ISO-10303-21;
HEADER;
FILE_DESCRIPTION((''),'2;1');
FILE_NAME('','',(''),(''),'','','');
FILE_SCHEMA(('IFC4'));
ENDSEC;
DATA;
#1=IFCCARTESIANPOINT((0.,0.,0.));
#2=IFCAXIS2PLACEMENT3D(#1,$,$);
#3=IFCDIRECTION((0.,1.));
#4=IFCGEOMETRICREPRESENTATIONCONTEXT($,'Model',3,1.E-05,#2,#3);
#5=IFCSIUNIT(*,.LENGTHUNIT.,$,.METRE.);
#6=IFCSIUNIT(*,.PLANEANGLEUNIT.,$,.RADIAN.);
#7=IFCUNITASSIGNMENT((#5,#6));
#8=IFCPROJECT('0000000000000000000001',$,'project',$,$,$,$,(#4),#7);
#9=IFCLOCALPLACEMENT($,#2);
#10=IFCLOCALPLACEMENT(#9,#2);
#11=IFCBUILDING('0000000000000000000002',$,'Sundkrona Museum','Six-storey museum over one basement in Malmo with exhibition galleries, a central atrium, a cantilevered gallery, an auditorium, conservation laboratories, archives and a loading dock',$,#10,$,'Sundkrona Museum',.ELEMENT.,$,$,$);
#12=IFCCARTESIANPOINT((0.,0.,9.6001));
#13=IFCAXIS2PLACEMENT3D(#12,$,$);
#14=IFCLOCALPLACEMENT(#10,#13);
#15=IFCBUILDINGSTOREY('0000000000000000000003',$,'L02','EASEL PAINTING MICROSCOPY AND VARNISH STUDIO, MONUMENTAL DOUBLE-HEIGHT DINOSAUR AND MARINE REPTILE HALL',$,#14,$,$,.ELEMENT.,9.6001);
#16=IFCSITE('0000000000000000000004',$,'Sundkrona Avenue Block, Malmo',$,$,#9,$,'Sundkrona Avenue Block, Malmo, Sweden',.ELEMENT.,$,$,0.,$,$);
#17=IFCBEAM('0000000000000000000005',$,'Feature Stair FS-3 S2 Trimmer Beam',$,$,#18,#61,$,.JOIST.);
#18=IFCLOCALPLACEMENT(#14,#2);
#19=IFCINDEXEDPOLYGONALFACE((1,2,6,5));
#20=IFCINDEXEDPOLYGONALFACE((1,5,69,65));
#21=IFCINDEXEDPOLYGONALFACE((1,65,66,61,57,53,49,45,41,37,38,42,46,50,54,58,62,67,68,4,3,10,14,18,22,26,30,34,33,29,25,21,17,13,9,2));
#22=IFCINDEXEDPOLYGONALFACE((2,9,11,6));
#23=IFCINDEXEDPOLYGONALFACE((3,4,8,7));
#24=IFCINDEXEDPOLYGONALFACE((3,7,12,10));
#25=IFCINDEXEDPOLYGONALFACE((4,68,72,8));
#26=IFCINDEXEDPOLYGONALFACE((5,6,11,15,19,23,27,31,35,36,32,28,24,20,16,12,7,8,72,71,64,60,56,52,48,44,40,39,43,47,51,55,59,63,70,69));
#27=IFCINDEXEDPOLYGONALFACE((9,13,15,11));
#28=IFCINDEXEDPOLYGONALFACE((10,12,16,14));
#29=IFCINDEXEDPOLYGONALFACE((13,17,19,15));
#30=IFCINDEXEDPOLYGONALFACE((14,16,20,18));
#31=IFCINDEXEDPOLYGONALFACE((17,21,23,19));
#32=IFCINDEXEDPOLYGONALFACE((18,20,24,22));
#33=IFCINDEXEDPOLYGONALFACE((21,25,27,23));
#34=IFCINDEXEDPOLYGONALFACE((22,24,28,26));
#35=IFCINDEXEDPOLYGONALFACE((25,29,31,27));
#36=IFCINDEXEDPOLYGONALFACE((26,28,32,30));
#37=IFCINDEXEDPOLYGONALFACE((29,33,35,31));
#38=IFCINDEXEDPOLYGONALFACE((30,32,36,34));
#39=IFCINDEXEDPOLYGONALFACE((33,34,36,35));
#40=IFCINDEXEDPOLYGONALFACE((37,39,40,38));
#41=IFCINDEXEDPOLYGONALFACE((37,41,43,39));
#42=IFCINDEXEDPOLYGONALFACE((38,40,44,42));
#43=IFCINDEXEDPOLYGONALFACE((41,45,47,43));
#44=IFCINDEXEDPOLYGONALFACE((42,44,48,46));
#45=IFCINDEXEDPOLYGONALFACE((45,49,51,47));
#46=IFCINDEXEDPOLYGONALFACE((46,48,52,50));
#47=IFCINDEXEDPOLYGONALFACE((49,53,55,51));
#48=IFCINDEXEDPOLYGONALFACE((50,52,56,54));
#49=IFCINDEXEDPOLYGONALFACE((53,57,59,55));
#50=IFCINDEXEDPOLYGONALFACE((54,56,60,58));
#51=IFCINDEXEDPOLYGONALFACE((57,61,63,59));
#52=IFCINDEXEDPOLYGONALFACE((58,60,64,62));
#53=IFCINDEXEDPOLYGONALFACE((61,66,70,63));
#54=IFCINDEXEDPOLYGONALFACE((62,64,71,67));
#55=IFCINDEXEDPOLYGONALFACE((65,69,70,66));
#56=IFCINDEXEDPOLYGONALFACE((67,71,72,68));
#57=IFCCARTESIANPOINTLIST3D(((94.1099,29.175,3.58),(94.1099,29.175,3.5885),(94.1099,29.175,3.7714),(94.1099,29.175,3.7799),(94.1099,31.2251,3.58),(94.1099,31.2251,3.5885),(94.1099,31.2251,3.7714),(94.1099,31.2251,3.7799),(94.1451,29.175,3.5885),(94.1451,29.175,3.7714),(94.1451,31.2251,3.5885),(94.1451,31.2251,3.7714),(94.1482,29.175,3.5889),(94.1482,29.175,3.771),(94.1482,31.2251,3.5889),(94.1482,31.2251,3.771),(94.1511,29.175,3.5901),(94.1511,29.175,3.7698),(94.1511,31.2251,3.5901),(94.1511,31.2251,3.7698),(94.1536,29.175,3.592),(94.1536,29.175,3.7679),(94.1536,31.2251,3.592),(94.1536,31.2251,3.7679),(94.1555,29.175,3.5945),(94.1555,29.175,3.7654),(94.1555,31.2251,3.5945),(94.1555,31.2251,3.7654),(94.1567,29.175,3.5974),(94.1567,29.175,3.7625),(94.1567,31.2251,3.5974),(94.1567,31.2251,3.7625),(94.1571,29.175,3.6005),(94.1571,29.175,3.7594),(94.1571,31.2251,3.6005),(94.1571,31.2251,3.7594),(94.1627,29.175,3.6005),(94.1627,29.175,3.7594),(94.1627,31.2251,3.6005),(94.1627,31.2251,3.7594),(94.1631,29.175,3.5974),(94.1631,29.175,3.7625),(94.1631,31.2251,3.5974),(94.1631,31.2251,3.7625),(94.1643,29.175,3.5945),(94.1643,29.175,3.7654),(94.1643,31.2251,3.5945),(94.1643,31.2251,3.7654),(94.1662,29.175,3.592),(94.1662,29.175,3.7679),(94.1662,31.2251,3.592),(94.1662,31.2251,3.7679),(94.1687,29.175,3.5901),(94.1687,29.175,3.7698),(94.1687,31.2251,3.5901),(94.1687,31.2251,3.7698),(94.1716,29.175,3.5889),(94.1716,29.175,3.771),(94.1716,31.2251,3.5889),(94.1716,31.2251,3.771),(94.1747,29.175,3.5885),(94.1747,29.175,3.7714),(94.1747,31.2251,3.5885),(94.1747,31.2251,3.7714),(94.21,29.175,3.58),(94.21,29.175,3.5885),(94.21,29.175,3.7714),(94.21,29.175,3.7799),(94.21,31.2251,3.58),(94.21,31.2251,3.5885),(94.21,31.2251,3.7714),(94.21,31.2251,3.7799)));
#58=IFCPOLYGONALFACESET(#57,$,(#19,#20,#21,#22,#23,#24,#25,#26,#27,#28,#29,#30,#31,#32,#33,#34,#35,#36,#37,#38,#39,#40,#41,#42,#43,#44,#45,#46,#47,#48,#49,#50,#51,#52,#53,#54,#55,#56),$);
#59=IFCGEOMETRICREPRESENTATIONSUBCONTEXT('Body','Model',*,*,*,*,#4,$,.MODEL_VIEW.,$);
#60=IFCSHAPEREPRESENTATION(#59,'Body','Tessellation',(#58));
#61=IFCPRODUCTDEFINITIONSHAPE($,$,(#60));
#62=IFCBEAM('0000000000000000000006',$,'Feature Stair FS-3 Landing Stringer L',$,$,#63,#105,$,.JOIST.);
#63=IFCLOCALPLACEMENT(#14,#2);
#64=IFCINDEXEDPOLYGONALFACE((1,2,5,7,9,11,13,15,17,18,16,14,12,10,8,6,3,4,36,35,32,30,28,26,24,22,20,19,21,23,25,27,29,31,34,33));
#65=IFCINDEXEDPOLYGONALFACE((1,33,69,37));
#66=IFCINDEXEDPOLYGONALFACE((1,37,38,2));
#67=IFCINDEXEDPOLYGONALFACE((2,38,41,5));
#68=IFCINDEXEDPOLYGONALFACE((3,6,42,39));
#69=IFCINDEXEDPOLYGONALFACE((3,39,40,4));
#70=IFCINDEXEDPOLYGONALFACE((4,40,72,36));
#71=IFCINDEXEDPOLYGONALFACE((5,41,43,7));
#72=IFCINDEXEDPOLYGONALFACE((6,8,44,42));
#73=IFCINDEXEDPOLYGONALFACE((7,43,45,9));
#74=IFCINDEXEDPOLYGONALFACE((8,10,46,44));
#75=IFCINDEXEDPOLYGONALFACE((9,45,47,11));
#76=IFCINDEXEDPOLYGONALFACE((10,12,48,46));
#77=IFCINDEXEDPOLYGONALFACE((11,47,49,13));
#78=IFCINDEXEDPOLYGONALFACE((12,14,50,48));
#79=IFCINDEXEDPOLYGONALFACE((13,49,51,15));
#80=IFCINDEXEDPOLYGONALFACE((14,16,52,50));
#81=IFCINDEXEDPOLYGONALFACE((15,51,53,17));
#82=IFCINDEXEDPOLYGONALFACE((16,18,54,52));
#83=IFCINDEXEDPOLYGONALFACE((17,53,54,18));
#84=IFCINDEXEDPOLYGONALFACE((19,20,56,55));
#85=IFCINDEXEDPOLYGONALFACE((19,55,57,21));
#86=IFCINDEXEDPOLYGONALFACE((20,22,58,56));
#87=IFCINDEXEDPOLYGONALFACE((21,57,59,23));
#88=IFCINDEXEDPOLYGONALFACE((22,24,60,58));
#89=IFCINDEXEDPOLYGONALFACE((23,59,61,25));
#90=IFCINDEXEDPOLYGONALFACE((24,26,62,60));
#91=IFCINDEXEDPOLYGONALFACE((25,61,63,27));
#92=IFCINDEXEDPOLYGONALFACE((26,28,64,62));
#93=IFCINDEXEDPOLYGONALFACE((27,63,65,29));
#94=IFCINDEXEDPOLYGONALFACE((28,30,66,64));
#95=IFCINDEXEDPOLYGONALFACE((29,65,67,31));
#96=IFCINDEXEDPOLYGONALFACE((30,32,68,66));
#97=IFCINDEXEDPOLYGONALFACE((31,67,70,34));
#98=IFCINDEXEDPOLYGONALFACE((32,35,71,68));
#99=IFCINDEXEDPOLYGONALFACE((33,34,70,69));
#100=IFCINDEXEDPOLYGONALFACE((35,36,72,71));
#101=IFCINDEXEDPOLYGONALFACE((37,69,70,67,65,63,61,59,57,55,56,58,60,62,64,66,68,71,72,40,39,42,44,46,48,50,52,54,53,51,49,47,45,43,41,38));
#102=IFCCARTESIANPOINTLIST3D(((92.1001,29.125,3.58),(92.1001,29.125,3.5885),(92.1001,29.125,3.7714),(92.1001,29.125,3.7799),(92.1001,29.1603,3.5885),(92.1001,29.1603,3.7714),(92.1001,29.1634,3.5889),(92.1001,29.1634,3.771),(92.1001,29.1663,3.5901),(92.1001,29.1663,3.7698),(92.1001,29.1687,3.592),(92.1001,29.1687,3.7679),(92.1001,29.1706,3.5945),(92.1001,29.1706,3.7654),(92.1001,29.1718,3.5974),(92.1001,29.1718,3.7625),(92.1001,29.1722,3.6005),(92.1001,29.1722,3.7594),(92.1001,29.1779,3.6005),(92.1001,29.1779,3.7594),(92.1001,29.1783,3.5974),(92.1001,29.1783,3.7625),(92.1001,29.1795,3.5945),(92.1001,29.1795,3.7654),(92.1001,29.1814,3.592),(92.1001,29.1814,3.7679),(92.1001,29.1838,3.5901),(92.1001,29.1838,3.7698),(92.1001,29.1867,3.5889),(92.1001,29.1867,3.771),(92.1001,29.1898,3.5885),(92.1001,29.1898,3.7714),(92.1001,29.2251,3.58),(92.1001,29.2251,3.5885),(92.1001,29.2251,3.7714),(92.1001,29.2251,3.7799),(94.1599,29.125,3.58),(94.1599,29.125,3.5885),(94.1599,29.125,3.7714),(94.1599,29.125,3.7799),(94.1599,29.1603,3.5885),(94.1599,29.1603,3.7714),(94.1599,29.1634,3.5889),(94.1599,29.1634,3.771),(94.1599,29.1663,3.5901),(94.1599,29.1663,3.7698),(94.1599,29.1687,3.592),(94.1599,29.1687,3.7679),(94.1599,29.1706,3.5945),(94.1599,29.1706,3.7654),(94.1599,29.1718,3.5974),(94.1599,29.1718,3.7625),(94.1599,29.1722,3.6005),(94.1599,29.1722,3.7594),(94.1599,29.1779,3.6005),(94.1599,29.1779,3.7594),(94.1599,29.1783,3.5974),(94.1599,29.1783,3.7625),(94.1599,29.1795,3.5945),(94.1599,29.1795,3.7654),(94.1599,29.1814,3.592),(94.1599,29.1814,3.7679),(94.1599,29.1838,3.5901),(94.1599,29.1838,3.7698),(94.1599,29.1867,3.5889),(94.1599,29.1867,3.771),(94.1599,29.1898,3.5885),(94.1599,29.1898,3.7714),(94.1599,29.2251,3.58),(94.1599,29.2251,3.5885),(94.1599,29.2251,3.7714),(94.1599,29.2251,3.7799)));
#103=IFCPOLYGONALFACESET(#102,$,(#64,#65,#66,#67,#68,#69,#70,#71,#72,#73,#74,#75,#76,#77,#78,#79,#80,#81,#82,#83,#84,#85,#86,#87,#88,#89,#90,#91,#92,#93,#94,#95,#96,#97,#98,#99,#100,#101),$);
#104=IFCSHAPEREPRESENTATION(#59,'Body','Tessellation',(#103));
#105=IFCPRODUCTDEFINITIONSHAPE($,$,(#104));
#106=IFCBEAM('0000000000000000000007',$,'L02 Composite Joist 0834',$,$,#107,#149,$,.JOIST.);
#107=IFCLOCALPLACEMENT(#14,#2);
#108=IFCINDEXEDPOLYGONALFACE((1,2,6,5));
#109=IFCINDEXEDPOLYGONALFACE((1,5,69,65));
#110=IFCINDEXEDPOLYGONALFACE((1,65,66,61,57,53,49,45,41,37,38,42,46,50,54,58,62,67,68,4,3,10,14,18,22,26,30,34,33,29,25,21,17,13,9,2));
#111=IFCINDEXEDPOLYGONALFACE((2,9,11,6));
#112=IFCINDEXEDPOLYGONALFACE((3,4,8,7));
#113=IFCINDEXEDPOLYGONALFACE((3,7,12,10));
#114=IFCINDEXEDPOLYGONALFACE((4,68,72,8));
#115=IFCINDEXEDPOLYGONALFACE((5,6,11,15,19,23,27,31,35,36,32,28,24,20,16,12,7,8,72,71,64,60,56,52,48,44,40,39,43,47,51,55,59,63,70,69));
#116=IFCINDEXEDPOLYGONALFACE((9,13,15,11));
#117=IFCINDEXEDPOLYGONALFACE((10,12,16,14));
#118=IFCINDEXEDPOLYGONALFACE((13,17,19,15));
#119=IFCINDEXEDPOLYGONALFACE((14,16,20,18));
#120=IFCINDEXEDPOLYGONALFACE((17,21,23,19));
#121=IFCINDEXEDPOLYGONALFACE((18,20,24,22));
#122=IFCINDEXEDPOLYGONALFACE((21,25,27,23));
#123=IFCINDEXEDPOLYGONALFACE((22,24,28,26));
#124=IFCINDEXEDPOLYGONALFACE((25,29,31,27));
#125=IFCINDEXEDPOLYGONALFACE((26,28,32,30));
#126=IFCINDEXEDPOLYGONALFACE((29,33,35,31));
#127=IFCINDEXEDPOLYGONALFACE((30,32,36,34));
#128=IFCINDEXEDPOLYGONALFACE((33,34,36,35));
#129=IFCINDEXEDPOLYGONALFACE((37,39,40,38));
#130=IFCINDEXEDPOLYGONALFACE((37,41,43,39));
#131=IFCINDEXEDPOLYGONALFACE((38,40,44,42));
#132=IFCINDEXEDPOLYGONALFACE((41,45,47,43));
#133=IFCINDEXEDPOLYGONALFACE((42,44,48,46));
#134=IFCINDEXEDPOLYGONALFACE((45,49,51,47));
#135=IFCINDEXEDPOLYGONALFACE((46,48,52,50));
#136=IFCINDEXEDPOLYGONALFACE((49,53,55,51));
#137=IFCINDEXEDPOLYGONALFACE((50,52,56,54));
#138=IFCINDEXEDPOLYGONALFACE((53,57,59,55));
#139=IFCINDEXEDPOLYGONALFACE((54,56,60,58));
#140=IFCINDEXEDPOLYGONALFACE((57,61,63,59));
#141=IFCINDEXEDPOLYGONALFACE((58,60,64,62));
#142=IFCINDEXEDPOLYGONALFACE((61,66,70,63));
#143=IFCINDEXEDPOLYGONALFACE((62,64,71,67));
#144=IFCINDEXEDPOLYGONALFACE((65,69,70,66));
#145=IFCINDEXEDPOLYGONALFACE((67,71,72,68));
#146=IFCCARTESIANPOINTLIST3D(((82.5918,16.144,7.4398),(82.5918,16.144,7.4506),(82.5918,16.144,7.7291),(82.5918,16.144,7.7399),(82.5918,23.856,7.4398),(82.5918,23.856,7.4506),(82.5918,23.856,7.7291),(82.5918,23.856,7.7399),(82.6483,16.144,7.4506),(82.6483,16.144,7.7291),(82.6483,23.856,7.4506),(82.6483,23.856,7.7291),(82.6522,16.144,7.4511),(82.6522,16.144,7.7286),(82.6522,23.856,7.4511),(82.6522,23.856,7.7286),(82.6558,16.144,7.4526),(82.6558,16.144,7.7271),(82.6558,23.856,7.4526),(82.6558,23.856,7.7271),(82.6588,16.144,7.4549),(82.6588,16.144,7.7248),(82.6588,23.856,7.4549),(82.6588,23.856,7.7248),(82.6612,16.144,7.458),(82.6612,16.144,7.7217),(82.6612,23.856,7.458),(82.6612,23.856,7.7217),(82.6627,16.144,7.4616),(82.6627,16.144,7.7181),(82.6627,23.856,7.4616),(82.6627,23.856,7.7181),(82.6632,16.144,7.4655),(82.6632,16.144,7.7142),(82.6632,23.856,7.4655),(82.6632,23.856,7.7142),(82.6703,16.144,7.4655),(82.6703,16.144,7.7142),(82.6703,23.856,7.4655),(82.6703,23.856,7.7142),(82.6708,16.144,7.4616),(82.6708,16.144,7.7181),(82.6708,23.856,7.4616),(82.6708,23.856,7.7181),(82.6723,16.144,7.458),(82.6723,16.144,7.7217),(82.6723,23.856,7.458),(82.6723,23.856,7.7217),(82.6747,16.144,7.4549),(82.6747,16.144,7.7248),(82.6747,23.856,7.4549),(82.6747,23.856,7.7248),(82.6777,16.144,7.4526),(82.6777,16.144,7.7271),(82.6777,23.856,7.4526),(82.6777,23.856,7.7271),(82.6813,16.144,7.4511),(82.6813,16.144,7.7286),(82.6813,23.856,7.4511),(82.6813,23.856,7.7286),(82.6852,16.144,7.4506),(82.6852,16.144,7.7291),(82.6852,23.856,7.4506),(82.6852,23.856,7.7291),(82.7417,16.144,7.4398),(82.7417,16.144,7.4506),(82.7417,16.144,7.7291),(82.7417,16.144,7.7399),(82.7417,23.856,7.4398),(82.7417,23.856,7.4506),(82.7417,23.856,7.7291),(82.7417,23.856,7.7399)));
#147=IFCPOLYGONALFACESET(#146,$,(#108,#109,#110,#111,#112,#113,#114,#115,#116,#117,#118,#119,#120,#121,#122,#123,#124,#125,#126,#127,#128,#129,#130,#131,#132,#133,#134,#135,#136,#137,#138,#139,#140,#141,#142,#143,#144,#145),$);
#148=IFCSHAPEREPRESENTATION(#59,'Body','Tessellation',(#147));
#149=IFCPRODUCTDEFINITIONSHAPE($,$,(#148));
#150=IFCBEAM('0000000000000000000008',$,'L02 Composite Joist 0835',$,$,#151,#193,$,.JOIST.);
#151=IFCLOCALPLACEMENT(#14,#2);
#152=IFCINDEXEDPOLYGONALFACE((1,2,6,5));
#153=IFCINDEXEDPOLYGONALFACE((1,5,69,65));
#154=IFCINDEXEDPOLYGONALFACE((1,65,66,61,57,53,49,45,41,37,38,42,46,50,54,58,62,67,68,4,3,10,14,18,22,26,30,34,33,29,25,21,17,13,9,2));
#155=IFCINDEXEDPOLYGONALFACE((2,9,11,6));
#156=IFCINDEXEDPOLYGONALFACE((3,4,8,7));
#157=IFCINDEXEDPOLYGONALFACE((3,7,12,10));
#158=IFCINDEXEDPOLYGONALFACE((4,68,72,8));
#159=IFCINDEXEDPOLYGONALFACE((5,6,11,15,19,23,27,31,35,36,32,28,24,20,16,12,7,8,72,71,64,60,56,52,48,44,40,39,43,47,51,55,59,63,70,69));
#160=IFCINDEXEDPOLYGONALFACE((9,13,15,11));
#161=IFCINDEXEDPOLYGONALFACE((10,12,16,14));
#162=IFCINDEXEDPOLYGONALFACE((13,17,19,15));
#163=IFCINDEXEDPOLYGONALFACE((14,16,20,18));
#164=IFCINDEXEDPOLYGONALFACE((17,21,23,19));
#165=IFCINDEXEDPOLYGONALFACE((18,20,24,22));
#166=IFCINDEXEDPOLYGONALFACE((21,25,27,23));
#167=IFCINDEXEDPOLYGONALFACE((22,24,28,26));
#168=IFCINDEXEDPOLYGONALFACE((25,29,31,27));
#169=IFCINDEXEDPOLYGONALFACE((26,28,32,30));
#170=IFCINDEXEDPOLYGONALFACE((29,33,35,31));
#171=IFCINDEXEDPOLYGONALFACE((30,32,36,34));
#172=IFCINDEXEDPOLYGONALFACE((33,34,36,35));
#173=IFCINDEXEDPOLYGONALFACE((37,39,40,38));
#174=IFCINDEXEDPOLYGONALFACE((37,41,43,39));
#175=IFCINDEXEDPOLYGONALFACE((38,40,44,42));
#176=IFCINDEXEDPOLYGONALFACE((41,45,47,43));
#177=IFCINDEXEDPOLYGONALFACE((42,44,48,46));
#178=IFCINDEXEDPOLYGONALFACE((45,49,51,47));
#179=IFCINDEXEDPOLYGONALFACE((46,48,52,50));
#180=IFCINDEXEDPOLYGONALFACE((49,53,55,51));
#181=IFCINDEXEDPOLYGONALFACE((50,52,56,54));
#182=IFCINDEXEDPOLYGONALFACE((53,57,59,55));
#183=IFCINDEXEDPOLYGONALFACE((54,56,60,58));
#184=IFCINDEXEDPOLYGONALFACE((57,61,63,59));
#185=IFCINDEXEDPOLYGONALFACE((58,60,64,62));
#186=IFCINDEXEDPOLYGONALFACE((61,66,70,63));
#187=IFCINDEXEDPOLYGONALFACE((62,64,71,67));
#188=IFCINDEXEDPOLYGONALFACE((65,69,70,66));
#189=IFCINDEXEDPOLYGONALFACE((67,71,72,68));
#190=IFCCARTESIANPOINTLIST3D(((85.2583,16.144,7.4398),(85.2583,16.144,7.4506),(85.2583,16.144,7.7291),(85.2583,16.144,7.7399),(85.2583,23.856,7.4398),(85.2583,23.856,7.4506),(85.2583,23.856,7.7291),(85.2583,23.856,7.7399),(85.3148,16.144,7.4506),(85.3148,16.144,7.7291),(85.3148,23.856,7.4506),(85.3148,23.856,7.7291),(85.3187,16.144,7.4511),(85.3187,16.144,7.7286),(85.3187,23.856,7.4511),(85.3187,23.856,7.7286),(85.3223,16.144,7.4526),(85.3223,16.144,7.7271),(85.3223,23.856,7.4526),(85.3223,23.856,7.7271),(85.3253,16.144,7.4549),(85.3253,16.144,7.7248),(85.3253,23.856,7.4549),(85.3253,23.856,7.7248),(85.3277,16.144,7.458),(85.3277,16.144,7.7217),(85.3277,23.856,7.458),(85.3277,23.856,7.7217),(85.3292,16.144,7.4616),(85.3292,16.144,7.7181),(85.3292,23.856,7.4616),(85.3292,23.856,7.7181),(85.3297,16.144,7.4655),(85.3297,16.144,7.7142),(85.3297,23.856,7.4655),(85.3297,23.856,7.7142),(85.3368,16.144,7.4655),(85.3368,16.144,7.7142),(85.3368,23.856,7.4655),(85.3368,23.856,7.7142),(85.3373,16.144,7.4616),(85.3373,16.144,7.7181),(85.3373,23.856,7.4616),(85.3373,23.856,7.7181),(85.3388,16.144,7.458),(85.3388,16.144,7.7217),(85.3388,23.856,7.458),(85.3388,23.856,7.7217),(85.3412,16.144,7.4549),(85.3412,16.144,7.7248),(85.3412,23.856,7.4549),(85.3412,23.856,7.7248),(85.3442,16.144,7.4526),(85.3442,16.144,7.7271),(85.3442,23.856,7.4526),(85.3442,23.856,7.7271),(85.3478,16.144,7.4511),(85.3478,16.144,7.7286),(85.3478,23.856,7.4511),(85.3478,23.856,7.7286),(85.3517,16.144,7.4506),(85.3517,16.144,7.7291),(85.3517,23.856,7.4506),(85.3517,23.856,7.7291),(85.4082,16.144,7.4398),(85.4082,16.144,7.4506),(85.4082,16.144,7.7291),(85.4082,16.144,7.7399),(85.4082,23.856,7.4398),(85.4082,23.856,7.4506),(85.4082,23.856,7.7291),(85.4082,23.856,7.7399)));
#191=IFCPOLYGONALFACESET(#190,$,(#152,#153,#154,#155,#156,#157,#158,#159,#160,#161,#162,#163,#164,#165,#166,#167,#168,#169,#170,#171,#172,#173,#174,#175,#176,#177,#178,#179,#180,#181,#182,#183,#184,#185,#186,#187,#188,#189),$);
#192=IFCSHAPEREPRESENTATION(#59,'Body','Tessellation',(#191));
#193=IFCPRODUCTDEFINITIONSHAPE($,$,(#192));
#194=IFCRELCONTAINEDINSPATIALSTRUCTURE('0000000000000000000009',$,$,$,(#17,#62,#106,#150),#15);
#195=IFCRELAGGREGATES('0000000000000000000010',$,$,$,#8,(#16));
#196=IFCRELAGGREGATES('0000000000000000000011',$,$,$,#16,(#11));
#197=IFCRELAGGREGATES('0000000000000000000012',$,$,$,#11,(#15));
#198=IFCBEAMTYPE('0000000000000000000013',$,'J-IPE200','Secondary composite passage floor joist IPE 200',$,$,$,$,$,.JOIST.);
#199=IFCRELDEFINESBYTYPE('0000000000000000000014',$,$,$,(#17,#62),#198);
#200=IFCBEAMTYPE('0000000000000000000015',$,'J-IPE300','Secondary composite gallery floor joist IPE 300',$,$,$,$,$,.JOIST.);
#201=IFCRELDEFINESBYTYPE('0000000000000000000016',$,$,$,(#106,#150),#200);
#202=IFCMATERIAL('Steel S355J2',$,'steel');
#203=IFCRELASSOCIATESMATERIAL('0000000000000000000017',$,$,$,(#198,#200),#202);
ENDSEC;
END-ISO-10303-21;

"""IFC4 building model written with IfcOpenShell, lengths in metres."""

from ifc_helpers import new_model, si_unit, direction, frame, origin, origin_2d, place, context, subcontext, project, spatial, i_section, extrude, material, material_profile, profile_set, type_object, element, save


model = new_model("IFC4")

# Units and contexts
model_context = context("Model", 3, precision=1e-05, world=origin(), true_north=direction((0.0, 1.0)))
body_context = subcontext(model_context, "Body", "Model", "MODEL_VIEW")
ifc_project = project(units=[si_unit("LENGTHUNIT", "METRE"), si_unit("PLANEANGLEUNIT", "RADIAN")], contexts=[model_context])

# Site, building, storey
site_placement = place(None, origin())
site = spatial("IfcSite", under=ifc_project, at=site_placement, Name="Sundkrona Avenue Block, Malmo", LongName="Sundkrona Avenue Block, Malmo, Sweden", CompositionType="ELEMENT", RefElevation=0.0)
building_placement = place(site_placement, origin())
building = spatial("IfcBuilding", under=site, at=building_placement, Name="Sundkrona Museum", Description="Six-storey museum over one basement in Malmo with exhibition galleries, a central atrium, a cantilevered gallery, an auditorium, conservation laboratories, archives and a loading dock", LongName="Sundkrona Museum", CompositionType="ELEMENT")
storey_placement = place(building_placement, frame((0.0, 0.0, 9.6001)))
storey = spatial("IfcBuildingStorey", under=building, at=storey_placement, Name="L02", Description="EASEL PAINTING MICROSCOPY AND VARNISH STUDIO, MONUMENTAL DOUBLE-HEIGHT DINOSAUR AND MARINE REPTILE HALL", CompositionType="ELEMENT", Elevation=9.6001)

# Shared definitions
ifc_material_1 = material(Name="Steel S355J2", Category="steel")

# Beams
ifc_material_profile_1 = material_profile(ifc_material_1, i_section(OverallWidth=0.1001, OverallDepth=0.2, WebThickness=0.0056, FlangeThickness=0.0085, FilletRadius=0.012, at=origin_2d()), Name="IPE 200")
ifc_profile_set_1 = profile_set([ifc_material_profile_1], Name="Steel S355J2")
beam_type_1 = type_object("IfcBeamType", Name="J-IPE200", Description="Secondary composite passage floor joist IPE 200", PredefinedType="JOIST", material=ifc_profile_set_1)
for number, where, z_axis, x_axis, name in (
    (1, (94.1599, 29.175, 3.6799), (0.0, 1.0, 0.0), (-1.0, 0.0, 0.0), "Feature Stair FS-3 S2 Trimmer Beam"),
):
    element("IfcBeam", number, at=place(storey_placement, frame(where, z_axis=z_axis, x_axis=x_axis)), inside=storey, type_object=beam_type_1, Name=name, PredefinedType="JOIST", context=body_context, shape_type="SweptSolid", body=[
        extrude(i_section(OverallWidth=0.1001, OverallDepth=0.2, WebThickness=0.0056, FlangeThickness=0.0085, FilletRadius=0.012, at=origin_2d()), origin(), (0.0, 0.0, 1.0), 2.05),
    ])
beam_1_placement = place(storey_placement, frame((92.1001, 29.175, 3.6799), z_axis=(1.0, 0.0, 0.0), x_axis=(0.0, 1.0, 0.0)))
element("IfcBeam", 2, at=beam_1_placement, inside=storey, type_object=beam_type_1, Name="Feature Stair FS-3 Landing Stringer L", PredefinedType="JOIST", context=body_context, shape_type="SweptSolid", body=[
    extrude(i_section(OverallWidth=0.1001, OverallDepth=0.2, WebThickness=0.0056, FlangeThickness=0.0085, FilletRadius=0.012, at=origin_2d()), origin(), (0.0, 0.0, 1.0), 2.0598),
])
ifc_material_profile_2 = material_profile(ifc_material_1, i_section(OverallWidth=0.1499, OverallDepth=0.3, WebThickness=0.0071, FlangeThickness=0.0107, FilletRadius=0.0149, at=origin_2d()), Name="IPE 300")
ifc_profile_set_2 = profile_set([ifc_material_profile_2], Name="Steel S355J2")
beam_type_2 = type_object("IfcBeamType", Name="J-IPE300", Description="Secondary composite gallery floor joist IPE 300", PredefinedType="JOIST", material=ifc_profile_set_2)
for number, where, z_axis, x_axis, name in (
    (3, (82.6667, 16.144, 7.5898), (0.0, 1.0, 0.0), (-1.0, 0.0, 0.0), "L02 Composite Joist 0834"),
    (4, (85.3333, 16.144, 7.5898), (0.0, 1.0, 0.0), (-1.0, 0.0, 0.0), "L02 Composite Joist 0835"),
):
    element("IfcBeam", number, at=place(storey_placement, frame(where, z_axis=z_axis, x_axis=x_axis)), inside=storey, type_object=beam_type_2, Name=name, PredefinedType="JOIST", context=body_context, shape_type="SweptSolid", body=[
        extrude(i_section(OverallWidth=0.1499, OverallDepth=0.3, WebThickness=0.0071, FlangeThickness=0.0107, FilletRadius=0.0149, at=origin_2d()), origin(), (0.0, 0.0, 1.0), 7.7119),
    ])

save(model, "model.ifc")
